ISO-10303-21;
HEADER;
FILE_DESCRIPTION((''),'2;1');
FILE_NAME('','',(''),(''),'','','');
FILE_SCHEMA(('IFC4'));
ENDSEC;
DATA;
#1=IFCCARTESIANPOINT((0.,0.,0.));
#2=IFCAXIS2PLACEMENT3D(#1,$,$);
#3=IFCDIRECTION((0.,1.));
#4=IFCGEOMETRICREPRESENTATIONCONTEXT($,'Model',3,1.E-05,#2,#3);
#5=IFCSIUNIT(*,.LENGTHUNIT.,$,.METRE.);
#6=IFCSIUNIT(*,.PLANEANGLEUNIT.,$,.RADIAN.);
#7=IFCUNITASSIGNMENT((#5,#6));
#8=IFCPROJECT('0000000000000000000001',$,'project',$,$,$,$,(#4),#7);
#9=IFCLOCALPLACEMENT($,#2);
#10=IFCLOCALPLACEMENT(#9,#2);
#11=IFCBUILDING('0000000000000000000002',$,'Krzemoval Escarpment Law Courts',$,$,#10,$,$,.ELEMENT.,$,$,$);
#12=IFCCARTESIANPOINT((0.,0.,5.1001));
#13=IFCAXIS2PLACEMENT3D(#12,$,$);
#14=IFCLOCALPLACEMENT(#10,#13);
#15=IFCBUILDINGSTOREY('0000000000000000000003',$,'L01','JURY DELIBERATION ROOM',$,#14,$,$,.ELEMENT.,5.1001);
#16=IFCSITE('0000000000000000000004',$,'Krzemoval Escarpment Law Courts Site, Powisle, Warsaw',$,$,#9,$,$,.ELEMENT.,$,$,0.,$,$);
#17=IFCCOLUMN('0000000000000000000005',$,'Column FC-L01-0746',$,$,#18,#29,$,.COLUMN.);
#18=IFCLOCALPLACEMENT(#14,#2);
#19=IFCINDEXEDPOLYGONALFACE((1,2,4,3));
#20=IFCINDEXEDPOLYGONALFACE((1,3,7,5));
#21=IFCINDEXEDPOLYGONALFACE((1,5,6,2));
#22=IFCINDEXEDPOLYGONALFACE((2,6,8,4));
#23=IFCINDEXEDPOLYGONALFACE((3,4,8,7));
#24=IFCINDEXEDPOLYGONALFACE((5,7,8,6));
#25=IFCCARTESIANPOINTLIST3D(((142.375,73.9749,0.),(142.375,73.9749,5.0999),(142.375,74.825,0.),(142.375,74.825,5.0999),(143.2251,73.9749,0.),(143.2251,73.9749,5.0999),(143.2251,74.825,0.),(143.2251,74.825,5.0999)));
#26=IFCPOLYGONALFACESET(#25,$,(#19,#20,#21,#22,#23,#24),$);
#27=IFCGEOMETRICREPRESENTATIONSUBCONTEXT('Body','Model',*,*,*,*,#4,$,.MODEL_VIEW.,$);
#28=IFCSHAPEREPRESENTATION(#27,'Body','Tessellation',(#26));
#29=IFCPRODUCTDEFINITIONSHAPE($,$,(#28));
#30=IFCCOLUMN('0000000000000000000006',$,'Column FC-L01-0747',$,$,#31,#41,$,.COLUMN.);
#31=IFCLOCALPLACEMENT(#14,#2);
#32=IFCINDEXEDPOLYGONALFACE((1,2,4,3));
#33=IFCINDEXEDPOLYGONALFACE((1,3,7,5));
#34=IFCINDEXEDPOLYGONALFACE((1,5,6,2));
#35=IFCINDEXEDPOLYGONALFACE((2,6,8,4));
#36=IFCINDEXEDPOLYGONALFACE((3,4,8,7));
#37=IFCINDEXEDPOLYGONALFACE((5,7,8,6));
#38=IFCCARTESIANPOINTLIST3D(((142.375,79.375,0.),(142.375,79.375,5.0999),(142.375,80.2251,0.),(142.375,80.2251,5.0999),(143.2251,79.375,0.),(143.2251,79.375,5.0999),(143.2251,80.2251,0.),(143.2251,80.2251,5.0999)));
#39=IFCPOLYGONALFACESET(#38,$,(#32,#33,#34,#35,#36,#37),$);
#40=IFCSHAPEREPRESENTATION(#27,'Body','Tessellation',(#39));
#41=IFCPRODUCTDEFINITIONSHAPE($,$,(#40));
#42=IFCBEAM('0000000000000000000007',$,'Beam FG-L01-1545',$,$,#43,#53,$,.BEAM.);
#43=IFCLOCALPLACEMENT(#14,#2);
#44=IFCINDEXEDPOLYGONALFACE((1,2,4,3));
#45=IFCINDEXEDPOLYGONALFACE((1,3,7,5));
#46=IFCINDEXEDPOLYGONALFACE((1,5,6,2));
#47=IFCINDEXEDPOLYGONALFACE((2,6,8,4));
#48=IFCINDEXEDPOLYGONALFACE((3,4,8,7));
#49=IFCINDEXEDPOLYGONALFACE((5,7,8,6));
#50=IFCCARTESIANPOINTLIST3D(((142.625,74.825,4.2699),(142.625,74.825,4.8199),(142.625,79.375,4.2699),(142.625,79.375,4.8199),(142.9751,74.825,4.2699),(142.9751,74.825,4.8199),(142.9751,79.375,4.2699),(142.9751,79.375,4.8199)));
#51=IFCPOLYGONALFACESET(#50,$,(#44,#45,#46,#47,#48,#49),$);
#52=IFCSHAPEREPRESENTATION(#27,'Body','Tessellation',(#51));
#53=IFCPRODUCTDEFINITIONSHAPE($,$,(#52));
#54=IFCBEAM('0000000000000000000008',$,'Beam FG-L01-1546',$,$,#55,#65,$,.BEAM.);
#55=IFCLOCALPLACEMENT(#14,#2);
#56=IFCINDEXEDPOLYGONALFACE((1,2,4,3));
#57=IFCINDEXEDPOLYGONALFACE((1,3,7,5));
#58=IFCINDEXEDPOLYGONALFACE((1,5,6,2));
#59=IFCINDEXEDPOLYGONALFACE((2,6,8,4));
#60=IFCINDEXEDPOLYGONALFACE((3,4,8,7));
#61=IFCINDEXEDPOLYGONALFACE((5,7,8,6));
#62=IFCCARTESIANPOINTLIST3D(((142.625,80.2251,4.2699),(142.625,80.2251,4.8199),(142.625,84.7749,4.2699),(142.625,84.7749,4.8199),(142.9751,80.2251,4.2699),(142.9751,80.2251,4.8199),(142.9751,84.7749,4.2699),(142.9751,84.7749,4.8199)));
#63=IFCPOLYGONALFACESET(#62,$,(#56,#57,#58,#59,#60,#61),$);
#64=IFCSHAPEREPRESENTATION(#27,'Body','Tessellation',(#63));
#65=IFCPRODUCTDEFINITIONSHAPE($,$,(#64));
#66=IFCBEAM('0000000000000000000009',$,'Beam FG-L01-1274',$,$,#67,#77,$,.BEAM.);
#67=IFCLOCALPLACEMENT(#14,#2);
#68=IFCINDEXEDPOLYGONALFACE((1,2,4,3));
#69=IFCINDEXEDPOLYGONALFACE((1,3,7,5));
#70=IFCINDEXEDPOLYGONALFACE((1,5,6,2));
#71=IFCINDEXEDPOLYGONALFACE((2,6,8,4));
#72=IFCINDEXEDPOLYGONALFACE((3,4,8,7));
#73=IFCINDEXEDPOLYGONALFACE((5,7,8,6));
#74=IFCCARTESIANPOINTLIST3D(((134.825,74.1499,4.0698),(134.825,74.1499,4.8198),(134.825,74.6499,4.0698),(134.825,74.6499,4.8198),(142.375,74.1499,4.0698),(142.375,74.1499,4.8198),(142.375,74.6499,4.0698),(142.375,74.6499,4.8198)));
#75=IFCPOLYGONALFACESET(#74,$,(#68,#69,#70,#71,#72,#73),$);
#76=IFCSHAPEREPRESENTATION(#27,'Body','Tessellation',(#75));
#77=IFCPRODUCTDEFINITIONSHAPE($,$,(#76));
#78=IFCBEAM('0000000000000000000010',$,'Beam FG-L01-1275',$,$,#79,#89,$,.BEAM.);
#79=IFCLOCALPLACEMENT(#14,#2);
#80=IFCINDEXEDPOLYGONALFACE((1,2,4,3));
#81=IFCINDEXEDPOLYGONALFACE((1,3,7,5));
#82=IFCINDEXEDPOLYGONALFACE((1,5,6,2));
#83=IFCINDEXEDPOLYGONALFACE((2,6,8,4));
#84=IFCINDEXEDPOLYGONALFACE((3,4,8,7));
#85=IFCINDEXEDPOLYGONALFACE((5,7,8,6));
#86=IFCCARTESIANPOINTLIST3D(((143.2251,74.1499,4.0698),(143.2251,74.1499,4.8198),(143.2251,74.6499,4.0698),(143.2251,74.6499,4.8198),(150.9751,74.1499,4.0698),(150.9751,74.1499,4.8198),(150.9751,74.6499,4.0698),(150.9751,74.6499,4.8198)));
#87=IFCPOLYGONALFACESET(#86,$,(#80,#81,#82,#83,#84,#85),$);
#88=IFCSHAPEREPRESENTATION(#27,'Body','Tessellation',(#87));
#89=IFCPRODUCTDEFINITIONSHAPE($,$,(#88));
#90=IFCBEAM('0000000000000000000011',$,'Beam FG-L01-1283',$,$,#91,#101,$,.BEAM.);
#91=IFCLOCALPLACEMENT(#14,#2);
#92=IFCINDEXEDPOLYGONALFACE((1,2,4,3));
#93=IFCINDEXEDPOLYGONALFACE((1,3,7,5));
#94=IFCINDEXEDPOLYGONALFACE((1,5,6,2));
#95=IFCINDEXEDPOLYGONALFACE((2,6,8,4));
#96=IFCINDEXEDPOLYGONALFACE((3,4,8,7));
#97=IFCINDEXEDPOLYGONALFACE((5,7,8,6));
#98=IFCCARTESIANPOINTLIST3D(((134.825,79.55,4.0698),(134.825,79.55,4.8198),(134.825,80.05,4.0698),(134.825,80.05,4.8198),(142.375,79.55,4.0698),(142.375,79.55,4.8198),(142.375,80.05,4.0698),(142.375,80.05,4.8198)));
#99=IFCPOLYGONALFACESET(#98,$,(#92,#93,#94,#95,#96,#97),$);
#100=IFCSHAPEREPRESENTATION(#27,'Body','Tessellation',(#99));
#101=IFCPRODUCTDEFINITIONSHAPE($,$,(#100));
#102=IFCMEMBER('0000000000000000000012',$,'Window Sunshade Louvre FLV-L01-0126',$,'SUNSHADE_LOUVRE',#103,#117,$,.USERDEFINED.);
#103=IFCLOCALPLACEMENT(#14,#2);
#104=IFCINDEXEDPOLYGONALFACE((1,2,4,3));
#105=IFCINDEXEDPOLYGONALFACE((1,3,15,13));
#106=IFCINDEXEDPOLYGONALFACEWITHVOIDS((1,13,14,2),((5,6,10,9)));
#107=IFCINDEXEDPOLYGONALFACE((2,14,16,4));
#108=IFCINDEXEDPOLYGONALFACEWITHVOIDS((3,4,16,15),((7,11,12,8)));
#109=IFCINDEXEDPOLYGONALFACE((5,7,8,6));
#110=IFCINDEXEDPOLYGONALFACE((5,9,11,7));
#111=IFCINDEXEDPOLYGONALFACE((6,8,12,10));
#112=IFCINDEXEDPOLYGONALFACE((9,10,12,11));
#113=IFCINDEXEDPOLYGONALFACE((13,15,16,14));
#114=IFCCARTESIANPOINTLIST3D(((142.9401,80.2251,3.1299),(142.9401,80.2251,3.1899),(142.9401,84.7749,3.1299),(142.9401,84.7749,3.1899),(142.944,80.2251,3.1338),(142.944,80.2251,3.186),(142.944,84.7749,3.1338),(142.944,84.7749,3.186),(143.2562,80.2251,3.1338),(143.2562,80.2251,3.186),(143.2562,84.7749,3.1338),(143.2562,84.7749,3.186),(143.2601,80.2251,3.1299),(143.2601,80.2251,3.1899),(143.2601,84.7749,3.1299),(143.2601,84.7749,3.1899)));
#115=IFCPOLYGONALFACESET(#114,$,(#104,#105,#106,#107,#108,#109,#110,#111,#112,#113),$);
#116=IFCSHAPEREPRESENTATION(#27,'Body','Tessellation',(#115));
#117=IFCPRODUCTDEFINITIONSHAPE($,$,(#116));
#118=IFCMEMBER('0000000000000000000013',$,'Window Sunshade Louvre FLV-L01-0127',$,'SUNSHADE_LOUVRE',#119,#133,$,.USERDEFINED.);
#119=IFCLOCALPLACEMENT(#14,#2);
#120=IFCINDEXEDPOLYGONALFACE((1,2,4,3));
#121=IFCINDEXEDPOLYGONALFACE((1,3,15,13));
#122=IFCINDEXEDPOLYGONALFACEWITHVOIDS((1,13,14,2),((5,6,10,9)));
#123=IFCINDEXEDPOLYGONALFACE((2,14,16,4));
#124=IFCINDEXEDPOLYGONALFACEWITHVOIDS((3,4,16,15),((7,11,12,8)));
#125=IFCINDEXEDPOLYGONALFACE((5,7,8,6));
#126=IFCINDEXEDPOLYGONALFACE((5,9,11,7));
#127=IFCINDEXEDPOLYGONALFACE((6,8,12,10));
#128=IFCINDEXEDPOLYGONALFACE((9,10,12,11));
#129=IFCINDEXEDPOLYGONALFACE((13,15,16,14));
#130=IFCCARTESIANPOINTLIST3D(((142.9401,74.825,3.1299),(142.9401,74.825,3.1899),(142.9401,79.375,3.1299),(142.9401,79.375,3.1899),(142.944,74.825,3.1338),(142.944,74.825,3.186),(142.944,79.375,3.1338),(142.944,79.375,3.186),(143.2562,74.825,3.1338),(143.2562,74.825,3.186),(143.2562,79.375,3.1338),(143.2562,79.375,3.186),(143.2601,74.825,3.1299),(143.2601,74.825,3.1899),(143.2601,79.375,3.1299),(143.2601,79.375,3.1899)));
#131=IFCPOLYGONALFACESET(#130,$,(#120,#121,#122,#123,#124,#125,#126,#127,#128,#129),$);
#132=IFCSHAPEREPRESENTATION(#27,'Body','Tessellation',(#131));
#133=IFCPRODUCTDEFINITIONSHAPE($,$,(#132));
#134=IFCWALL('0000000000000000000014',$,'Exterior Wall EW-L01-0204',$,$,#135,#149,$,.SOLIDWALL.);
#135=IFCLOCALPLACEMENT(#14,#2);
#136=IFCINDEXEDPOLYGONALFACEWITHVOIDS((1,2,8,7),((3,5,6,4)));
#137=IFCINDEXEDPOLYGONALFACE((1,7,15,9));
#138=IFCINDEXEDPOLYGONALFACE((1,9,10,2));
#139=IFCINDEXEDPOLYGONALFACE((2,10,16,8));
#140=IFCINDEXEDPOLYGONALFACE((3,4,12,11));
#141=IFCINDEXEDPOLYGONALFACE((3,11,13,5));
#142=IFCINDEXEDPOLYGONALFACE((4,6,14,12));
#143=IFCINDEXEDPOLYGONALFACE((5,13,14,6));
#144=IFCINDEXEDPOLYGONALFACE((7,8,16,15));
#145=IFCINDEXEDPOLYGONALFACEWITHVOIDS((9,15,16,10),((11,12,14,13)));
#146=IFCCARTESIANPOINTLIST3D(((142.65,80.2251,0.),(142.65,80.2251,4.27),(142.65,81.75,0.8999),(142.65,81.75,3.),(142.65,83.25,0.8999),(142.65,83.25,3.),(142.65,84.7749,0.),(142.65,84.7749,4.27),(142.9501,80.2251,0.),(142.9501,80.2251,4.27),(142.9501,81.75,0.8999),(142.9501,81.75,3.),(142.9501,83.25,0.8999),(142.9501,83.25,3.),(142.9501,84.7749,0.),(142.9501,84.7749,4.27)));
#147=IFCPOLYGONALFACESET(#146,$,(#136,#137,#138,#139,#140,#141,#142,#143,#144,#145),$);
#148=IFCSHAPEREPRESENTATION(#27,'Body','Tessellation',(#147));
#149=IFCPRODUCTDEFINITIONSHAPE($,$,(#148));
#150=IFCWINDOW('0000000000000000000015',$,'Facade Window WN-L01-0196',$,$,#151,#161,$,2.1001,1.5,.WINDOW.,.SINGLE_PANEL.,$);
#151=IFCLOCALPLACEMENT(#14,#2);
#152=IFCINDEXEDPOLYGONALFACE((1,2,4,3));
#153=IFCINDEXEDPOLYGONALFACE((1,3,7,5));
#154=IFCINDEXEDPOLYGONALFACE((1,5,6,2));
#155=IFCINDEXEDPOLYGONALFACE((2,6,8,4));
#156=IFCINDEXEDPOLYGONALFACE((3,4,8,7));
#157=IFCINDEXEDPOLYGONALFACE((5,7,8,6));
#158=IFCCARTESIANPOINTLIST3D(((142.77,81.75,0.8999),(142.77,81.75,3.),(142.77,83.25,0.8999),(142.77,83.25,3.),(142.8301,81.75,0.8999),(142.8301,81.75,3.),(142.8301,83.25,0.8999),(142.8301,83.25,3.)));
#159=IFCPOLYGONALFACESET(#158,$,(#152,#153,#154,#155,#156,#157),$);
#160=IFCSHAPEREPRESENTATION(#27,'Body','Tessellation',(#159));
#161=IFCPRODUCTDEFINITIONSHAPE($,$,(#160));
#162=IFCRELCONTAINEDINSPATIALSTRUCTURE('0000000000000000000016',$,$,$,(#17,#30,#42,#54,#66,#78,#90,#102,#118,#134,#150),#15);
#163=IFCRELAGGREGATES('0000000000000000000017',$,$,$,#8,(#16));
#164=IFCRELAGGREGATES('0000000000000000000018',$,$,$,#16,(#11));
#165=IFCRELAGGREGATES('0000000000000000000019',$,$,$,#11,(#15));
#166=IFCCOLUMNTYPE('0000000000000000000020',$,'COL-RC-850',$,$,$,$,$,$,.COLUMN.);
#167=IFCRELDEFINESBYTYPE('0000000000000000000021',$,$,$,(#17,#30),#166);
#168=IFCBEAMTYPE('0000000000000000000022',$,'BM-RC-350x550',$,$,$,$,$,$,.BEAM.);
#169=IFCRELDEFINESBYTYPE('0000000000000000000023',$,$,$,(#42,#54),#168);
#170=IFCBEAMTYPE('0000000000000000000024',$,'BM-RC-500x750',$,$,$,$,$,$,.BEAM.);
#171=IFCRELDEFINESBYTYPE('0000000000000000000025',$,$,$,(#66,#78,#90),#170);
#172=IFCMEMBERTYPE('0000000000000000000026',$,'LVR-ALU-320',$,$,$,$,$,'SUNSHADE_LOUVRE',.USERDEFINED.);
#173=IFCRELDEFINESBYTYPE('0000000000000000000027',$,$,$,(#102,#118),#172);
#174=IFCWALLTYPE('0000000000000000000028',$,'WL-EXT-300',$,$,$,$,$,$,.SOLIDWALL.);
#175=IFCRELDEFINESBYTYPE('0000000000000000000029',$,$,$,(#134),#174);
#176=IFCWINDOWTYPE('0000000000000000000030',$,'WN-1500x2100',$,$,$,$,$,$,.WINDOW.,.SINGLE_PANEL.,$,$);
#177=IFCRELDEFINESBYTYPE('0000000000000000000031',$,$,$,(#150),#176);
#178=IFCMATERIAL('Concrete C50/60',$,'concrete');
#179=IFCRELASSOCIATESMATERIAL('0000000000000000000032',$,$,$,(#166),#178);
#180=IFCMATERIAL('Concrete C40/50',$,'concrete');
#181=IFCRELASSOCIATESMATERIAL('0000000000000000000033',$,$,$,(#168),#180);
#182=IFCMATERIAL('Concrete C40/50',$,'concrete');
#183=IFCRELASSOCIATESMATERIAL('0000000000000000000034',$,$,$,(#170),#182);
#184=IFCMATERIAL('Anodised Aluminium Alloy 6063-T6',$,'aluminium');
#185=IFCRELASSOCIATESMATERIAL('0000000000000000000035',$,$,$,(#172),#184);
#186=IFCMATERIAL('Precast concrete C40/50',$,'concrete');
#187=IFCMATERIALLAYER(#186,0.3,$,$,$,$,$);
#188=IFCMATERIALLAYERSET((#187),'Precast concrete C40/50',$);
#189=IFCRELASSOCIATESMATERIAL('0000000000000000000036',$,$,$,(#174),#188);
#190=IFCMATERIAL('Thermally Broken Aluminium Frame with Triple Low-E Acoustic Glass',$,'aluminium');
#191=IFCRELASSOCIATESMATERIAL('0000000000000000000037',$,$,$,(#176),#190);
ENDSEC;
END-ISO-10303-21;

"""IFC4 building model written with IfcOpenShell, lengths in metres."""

from ifc_helpers import new_model, si_unit, direction, frame, frame_2d, origin, origin_2d, place, context, subcontext, project, spatial, rectangle, hollow_rectangle, extrude, material, layer, layer_set, material_profile, profile_set, type_object, element, fill, save


model = new_model("IFC4")

# Units and contexts
model_context = context("Model", 3, precision=1e-05, world=origin(), true_north=direction((0.0, 1.0)))
body_context = subcontext(model_context, "Body", "Model", "MODEL_VIEW")
ifc_project = project(units=[si_unit("LENGTHUNIT", "METRE"), si_unit("PLANEANGLEUNIT", "RADIAN")], contexts=[model_context])

# Site, building, storey
site_placement = place(None, origin())
site = spatial("IfcSite", under=ifc_project, at=site_placement, Name="Krzemoval Escarpment Law Courts Site, Powisle, Warsaw", CompositionType="ELEMENT", RefElevation=0.0)
building_placement = place(site_placement, origin())
building = spatial("IfcBuilding", under=site, at=building_placement, Name="Krzemoval Escarpment Law Courts", CompositionType="ELEMENT")
storey_placement = place(building_placement, frame((0.0, 0.0, 5.1001)))
storey = spatial("IfcBuildingStorey", under=building, at=storey_placement, Name="L01", Description="JURY DELIBERATION ROOM", CompositionType="ELEMENT", Elevation=5.1001)

# Columns
ifc_material_1 = material(Name="Concrete C50/60", Category="concrete")
ifc_material_profile_1 = material_profile(ifc_material_1, rectangle(XDim=0.8501, YDim=0.8501, at=origin_2d()), Name="RC 850x850")
ifc_profile_set_1 = profile_set([ifc_material_profile_1], Name="Concrete C50/60")
column_type = type_object("IfcColumnType", Name="COL-RC-850", PredefinedType="COLUMN", material=ifc_profile_set_1)
for number, where, z_axis, x_axis, name in (
    (1, (142.8, 74.3999, 0.0), (0.0, 0.0, 1.0), (1.0, 0.0, 0.0), "Column FC-L01-0746"),
    (2, (142.8, 79.8, 0.0), (0.0, 0.0, 1.0), (1.0, 0.0, 0.0), "Column FC-L01-0747"),
):
    element("IfcColumn", number, at=place(storey_placement, frame(where, z_axis=z_axis, x_axis=x_axis)), inside=storey, type_object=column_type, Name=name, PredefinedType="COLUMN", context=body_context, shape_type="SweptSolid", body=[
        extrude(rectangle(XDim=0.8501, YDim=0.8501, at=origin_2d()), origin(), (0.0, 0.0, 1.0), 5.0999),
    ])

# Beams
ifc_material_2 = material(Name="Concrete C40/50", Category="concrete")
ifc_material_profile_2 = material_profile(ifc_material_2, rectangle(XDim=0.3501, YDim=0.55, at=origin_2d()), Name="RCB 350x550")
ifc_profile_set_2 = profile_set([ifc_material_profile_2], Name="Concrete C40/50")
beam_type_1 = type_object("IfcBeamType", Name="BM-RC-350x550", PredefinedType="BEAM", material=ifc_profile_set_2)
beam_1_placement = place(storey_placement, frame((142.8, 74.825, 4.5449), z_axis=(0.0, 1.0, 0.0), x_axis=(-1.0, 0.0, 0.0)))
element("IfcBeam", 3, at=beam_1_placement, inside=storey, type_object=beam_type_1, Name="Beam FG-L01-1545", PredefinedType="BEAM", context=body_context, shape_type="SweptSolid", body=[
    extrude(rectangle(XDim=0.3501, YDim=0.55, at=origin_2d()), origin(), (0.0, 0.0, 1.0), 4.55),
])
beam_2_placement = place(storey_placement, frame((142.8, 80.2251, 4.5449), z_axis=(0.0, 1.0, 0.0), x_axis=(-1.0, 0.0, 0.0)))
element("IfcBeam", 4, at=beam_2_placement, inside=storey, type_object=beam_type_1, Name="Beam FG-L01-1546", PredefinedType="BEAM", context=body_context, shape_type="SweptSolid", body=[
    extrude(rectangle(XDim=0.3501, YDim=0.55, at=origin_2d()), origin(), (0.0, 0.0, 1.0), 4.5498),
])
ifc_material_3 = material(Name="Concrete C40/50", Category="concrete")
ifc_material_profile_3 = material_profile(ifc_material_3, rectangle(XDim=0.5, YDim=0.75, at=origin_2d()), Name="RCB 500x750")
ifc_profile_set_3 = profile_set([ifc_material_profile_3], Name="Concrete C40/50")
beam_type_2 = type_object("IfcBeamType", Name="BM-RC-500x750", PredefinedType="BEAM", material=ifc_profile_set_3)
beam_3_placement = place(storey_placement, frame((134.825, 74.3999, 4.4448), z_axis=(1.0, 0.0, 0.0), x_axis=(0.0, 1.0, 0.0)))
element("IfcBeam", 5, at=beam_3_placement, inside=storey, type_object=beam_type_2, Name="Beam FG-L01-1274", PredefinedType="BEAM", context=body_context, shape_type="SweptSolid", body=[
    extrude(rectangle(XDim=0.5, YDim=0.75, at=origin_2d()), origin(), (0.0, 0.0, 1.0), 7.55),
])
beam_4_placement = place(storey_placement, frame((143.2251, 74.3999, 4.4448), z_axis=(1.0, 0.0, 0.0), x_axis=(0.0, 1.0, 0.0)))
element("IfcBeam", 6, at=beam_4_placement, inside=storey, type_object=beam_type_2, Name="Beam FG-L01-1275", PredefinedType="BEAM", context=body_context, shape_type="SweptSolid", body=[
    extrude(rectangle(XDim=0.5, YDim=0.75, at=origin_2d()), origin(), (0.0, 0.0, 1.0), 7.75),
])
beam_5_placement = place(storey_placement, frame((134.825, 79.8, 4.4448), z_axis=(1.0, 0.0, 0.0), x_axis=(0.0, 1.0, 0.0)))
element("IfcBeam", 7, at=beam_5_placement, inside=storey, type_object=beam_type_2, Name="Beam FG-L01-1283", PredefinedType="BEAM", context=body_context, shape_type="SweptSolid", body=[
    extrude(rectangle(XDim=0.5, YDim=0.75, at=origin_2d()), origin(), (0.0, 0.0, 1.0), 7.55),
])

# Members
ifc_material_4 = material(Name="Anodised Aluminium Alloy 6063-T6", Category="aluminium")
ifc_material_profile_4 = material_profile(ifc_material_4, hollow_rectangle(XDim=0.0601, YDim=0.3201, WallThickness=0.0039, at=origin_2d()), Name="ALU LVR 60x320")
ifc_profile_set_4 = profile_set([ifc_material_profile_4], Name="Anodised Aluminium Alloy 6063-T6")
member_type = type_object("IfcMemberType", Name="LVR-ALU-320", ElementType="SUNSHADE_LOUVRE", PredefinedType="USERDEFINED", material=ifc_profile_set_4)
member_1_placement = place(storey_placement, frame((143.1001, 84.7749, 3.1599), z_axis=(0.0, -1.0, 0.0), x_axis=(0.0, 0.0, 1.0)))
element("IfcMember", 8, at=member_1_placement, inside=storey, type_object=member_type, Name="Window Sunshade Louvre FLV-L01-0126", ObjectType="SUNSHADE_LOUVRE", PredefinedType="USERDEFINED", context=body_context, shape_type="SweptSolid", body=[
    extrude(hollow_rectangle(XDim=0.0601, YDim=0.3201, WallThickness=0.0039, at=origin_2d()), origin(), (0.0, 0.0, 1.0), 4.5498),
])
member_2_placement = place(storey_placement, frame((143.1001, 79.375, 3.1599), z_axis=(0.0, -1.0, 0.0), x_axis=(0.0, 0.0, 1.0)))
element("IfcMember", 9, at=member_2_placement, inside=storey, type_object=member_type, Name="Window Sunshade Louvre FLV-L01-0127", ObjectType="SUNSHADE_LOUVRE", PredefinedType="USERDEFINED", context=body_context, shape_type="SweptSolid", body=[
    extrude(hollow_rectangle(XDim=0.0601, YDim=0.3201, WallThickness=0.0039, at=origin_2d()), origin(), (0.0, 0.0, 1.0), 4.55),
])

# Wall, opening, window
ifc_material_5 = material(Name="Precast concrete C40/50", Category="concrete")
ifc_layer_1 = layer(ifc_material_5, 0.3)
ifc_layer_set_1 = layer_set([ifc_layer_1], Name="Precast concrete C40/50")
wall_type_1 = type_object("IfcWallType", Name="WL-EXT-300", PredefinedType="SOLIDWALL", material=ifc_layer_set_1)
wall_1_placement = place(storey_placement, frame((142.8, 84.7749, 0.0), z_axis=(0.0, 0.0, 1.0), x_axis=(0.0, -1.0, 0.0)))
wall_1 = element("IfcWall", 10, at=wall_1_placement, inside=storey, type_object=wall_type_1, Name="Exterior Wall EW-L01-0204", PredefinedType="SOLIDWALL", context=body_context, shape_type="SweptSolid", body=[
    extrude(rectangle(XDim=4.5498, YDim=0.3, at=frame_2d((2.2749, 0.0))), origin(), (0.0, 0.0, 1.0), 4.27),
])
opening_1_placement = place(wall_1_placement, frame((1.5249, 0.0, 0.8999)))
opening_1 = element("IfcOpeningElement", 11, at=opening_1_placement, cuts=wall_1, PredefinedType="OPENING", context=body_context, shape_type="SweptSolid", body=[
    extrude(rectangle(XDim=1.5, YDim=2.1001, at=frame_2d((0.75, 1.05))), frame((0.0, 0.165, 0.0), z_axis=(0.0, -1.0, 0.0), x_axis=(1.0, 0.0, 0.0)), (0.0, 0.0, 1.0), 0.3301),
])
ifc_material_6 = material(Name="Thermally Broken Aluminium Frame with Triple Low-E Acoustic Glass", Category="aluminium")
window_type_1 = type_object("IfcWindowType", Name="WN-1500x2100", PartitioningType="SINGLE_PANEL", PredefinedType="WINDOW", material=ifc_material_6)
window_1_placement = place(opening_1_placement, origin())
window_1 = element("IfcWindow", 12, at=window_1_placement, inside=storey, type_object=window_type_1, Name="Facade Window WN-L01-0196", OverallHeight=2.1001, OverallWidth=1.5, PartitioningType="SINGLE_PANEL", PredefinedType="WINDOW", context=body_context, shape_type="SweptSolid", body=[
    extrude(rectangle(XDim=1.5, YDim=2.1001, at=frame_2d((0.75, 1.05))), frame((0.0, 0.03, 0.0), z_axis=(0.0, -1.0, 0.0), x_axis=(1.0, 0.0, 0.0)), (0.0, 0.0, 1.0), 0.0601),
])
fill(opening_1, window_1)

save(model, "model.ifc")
